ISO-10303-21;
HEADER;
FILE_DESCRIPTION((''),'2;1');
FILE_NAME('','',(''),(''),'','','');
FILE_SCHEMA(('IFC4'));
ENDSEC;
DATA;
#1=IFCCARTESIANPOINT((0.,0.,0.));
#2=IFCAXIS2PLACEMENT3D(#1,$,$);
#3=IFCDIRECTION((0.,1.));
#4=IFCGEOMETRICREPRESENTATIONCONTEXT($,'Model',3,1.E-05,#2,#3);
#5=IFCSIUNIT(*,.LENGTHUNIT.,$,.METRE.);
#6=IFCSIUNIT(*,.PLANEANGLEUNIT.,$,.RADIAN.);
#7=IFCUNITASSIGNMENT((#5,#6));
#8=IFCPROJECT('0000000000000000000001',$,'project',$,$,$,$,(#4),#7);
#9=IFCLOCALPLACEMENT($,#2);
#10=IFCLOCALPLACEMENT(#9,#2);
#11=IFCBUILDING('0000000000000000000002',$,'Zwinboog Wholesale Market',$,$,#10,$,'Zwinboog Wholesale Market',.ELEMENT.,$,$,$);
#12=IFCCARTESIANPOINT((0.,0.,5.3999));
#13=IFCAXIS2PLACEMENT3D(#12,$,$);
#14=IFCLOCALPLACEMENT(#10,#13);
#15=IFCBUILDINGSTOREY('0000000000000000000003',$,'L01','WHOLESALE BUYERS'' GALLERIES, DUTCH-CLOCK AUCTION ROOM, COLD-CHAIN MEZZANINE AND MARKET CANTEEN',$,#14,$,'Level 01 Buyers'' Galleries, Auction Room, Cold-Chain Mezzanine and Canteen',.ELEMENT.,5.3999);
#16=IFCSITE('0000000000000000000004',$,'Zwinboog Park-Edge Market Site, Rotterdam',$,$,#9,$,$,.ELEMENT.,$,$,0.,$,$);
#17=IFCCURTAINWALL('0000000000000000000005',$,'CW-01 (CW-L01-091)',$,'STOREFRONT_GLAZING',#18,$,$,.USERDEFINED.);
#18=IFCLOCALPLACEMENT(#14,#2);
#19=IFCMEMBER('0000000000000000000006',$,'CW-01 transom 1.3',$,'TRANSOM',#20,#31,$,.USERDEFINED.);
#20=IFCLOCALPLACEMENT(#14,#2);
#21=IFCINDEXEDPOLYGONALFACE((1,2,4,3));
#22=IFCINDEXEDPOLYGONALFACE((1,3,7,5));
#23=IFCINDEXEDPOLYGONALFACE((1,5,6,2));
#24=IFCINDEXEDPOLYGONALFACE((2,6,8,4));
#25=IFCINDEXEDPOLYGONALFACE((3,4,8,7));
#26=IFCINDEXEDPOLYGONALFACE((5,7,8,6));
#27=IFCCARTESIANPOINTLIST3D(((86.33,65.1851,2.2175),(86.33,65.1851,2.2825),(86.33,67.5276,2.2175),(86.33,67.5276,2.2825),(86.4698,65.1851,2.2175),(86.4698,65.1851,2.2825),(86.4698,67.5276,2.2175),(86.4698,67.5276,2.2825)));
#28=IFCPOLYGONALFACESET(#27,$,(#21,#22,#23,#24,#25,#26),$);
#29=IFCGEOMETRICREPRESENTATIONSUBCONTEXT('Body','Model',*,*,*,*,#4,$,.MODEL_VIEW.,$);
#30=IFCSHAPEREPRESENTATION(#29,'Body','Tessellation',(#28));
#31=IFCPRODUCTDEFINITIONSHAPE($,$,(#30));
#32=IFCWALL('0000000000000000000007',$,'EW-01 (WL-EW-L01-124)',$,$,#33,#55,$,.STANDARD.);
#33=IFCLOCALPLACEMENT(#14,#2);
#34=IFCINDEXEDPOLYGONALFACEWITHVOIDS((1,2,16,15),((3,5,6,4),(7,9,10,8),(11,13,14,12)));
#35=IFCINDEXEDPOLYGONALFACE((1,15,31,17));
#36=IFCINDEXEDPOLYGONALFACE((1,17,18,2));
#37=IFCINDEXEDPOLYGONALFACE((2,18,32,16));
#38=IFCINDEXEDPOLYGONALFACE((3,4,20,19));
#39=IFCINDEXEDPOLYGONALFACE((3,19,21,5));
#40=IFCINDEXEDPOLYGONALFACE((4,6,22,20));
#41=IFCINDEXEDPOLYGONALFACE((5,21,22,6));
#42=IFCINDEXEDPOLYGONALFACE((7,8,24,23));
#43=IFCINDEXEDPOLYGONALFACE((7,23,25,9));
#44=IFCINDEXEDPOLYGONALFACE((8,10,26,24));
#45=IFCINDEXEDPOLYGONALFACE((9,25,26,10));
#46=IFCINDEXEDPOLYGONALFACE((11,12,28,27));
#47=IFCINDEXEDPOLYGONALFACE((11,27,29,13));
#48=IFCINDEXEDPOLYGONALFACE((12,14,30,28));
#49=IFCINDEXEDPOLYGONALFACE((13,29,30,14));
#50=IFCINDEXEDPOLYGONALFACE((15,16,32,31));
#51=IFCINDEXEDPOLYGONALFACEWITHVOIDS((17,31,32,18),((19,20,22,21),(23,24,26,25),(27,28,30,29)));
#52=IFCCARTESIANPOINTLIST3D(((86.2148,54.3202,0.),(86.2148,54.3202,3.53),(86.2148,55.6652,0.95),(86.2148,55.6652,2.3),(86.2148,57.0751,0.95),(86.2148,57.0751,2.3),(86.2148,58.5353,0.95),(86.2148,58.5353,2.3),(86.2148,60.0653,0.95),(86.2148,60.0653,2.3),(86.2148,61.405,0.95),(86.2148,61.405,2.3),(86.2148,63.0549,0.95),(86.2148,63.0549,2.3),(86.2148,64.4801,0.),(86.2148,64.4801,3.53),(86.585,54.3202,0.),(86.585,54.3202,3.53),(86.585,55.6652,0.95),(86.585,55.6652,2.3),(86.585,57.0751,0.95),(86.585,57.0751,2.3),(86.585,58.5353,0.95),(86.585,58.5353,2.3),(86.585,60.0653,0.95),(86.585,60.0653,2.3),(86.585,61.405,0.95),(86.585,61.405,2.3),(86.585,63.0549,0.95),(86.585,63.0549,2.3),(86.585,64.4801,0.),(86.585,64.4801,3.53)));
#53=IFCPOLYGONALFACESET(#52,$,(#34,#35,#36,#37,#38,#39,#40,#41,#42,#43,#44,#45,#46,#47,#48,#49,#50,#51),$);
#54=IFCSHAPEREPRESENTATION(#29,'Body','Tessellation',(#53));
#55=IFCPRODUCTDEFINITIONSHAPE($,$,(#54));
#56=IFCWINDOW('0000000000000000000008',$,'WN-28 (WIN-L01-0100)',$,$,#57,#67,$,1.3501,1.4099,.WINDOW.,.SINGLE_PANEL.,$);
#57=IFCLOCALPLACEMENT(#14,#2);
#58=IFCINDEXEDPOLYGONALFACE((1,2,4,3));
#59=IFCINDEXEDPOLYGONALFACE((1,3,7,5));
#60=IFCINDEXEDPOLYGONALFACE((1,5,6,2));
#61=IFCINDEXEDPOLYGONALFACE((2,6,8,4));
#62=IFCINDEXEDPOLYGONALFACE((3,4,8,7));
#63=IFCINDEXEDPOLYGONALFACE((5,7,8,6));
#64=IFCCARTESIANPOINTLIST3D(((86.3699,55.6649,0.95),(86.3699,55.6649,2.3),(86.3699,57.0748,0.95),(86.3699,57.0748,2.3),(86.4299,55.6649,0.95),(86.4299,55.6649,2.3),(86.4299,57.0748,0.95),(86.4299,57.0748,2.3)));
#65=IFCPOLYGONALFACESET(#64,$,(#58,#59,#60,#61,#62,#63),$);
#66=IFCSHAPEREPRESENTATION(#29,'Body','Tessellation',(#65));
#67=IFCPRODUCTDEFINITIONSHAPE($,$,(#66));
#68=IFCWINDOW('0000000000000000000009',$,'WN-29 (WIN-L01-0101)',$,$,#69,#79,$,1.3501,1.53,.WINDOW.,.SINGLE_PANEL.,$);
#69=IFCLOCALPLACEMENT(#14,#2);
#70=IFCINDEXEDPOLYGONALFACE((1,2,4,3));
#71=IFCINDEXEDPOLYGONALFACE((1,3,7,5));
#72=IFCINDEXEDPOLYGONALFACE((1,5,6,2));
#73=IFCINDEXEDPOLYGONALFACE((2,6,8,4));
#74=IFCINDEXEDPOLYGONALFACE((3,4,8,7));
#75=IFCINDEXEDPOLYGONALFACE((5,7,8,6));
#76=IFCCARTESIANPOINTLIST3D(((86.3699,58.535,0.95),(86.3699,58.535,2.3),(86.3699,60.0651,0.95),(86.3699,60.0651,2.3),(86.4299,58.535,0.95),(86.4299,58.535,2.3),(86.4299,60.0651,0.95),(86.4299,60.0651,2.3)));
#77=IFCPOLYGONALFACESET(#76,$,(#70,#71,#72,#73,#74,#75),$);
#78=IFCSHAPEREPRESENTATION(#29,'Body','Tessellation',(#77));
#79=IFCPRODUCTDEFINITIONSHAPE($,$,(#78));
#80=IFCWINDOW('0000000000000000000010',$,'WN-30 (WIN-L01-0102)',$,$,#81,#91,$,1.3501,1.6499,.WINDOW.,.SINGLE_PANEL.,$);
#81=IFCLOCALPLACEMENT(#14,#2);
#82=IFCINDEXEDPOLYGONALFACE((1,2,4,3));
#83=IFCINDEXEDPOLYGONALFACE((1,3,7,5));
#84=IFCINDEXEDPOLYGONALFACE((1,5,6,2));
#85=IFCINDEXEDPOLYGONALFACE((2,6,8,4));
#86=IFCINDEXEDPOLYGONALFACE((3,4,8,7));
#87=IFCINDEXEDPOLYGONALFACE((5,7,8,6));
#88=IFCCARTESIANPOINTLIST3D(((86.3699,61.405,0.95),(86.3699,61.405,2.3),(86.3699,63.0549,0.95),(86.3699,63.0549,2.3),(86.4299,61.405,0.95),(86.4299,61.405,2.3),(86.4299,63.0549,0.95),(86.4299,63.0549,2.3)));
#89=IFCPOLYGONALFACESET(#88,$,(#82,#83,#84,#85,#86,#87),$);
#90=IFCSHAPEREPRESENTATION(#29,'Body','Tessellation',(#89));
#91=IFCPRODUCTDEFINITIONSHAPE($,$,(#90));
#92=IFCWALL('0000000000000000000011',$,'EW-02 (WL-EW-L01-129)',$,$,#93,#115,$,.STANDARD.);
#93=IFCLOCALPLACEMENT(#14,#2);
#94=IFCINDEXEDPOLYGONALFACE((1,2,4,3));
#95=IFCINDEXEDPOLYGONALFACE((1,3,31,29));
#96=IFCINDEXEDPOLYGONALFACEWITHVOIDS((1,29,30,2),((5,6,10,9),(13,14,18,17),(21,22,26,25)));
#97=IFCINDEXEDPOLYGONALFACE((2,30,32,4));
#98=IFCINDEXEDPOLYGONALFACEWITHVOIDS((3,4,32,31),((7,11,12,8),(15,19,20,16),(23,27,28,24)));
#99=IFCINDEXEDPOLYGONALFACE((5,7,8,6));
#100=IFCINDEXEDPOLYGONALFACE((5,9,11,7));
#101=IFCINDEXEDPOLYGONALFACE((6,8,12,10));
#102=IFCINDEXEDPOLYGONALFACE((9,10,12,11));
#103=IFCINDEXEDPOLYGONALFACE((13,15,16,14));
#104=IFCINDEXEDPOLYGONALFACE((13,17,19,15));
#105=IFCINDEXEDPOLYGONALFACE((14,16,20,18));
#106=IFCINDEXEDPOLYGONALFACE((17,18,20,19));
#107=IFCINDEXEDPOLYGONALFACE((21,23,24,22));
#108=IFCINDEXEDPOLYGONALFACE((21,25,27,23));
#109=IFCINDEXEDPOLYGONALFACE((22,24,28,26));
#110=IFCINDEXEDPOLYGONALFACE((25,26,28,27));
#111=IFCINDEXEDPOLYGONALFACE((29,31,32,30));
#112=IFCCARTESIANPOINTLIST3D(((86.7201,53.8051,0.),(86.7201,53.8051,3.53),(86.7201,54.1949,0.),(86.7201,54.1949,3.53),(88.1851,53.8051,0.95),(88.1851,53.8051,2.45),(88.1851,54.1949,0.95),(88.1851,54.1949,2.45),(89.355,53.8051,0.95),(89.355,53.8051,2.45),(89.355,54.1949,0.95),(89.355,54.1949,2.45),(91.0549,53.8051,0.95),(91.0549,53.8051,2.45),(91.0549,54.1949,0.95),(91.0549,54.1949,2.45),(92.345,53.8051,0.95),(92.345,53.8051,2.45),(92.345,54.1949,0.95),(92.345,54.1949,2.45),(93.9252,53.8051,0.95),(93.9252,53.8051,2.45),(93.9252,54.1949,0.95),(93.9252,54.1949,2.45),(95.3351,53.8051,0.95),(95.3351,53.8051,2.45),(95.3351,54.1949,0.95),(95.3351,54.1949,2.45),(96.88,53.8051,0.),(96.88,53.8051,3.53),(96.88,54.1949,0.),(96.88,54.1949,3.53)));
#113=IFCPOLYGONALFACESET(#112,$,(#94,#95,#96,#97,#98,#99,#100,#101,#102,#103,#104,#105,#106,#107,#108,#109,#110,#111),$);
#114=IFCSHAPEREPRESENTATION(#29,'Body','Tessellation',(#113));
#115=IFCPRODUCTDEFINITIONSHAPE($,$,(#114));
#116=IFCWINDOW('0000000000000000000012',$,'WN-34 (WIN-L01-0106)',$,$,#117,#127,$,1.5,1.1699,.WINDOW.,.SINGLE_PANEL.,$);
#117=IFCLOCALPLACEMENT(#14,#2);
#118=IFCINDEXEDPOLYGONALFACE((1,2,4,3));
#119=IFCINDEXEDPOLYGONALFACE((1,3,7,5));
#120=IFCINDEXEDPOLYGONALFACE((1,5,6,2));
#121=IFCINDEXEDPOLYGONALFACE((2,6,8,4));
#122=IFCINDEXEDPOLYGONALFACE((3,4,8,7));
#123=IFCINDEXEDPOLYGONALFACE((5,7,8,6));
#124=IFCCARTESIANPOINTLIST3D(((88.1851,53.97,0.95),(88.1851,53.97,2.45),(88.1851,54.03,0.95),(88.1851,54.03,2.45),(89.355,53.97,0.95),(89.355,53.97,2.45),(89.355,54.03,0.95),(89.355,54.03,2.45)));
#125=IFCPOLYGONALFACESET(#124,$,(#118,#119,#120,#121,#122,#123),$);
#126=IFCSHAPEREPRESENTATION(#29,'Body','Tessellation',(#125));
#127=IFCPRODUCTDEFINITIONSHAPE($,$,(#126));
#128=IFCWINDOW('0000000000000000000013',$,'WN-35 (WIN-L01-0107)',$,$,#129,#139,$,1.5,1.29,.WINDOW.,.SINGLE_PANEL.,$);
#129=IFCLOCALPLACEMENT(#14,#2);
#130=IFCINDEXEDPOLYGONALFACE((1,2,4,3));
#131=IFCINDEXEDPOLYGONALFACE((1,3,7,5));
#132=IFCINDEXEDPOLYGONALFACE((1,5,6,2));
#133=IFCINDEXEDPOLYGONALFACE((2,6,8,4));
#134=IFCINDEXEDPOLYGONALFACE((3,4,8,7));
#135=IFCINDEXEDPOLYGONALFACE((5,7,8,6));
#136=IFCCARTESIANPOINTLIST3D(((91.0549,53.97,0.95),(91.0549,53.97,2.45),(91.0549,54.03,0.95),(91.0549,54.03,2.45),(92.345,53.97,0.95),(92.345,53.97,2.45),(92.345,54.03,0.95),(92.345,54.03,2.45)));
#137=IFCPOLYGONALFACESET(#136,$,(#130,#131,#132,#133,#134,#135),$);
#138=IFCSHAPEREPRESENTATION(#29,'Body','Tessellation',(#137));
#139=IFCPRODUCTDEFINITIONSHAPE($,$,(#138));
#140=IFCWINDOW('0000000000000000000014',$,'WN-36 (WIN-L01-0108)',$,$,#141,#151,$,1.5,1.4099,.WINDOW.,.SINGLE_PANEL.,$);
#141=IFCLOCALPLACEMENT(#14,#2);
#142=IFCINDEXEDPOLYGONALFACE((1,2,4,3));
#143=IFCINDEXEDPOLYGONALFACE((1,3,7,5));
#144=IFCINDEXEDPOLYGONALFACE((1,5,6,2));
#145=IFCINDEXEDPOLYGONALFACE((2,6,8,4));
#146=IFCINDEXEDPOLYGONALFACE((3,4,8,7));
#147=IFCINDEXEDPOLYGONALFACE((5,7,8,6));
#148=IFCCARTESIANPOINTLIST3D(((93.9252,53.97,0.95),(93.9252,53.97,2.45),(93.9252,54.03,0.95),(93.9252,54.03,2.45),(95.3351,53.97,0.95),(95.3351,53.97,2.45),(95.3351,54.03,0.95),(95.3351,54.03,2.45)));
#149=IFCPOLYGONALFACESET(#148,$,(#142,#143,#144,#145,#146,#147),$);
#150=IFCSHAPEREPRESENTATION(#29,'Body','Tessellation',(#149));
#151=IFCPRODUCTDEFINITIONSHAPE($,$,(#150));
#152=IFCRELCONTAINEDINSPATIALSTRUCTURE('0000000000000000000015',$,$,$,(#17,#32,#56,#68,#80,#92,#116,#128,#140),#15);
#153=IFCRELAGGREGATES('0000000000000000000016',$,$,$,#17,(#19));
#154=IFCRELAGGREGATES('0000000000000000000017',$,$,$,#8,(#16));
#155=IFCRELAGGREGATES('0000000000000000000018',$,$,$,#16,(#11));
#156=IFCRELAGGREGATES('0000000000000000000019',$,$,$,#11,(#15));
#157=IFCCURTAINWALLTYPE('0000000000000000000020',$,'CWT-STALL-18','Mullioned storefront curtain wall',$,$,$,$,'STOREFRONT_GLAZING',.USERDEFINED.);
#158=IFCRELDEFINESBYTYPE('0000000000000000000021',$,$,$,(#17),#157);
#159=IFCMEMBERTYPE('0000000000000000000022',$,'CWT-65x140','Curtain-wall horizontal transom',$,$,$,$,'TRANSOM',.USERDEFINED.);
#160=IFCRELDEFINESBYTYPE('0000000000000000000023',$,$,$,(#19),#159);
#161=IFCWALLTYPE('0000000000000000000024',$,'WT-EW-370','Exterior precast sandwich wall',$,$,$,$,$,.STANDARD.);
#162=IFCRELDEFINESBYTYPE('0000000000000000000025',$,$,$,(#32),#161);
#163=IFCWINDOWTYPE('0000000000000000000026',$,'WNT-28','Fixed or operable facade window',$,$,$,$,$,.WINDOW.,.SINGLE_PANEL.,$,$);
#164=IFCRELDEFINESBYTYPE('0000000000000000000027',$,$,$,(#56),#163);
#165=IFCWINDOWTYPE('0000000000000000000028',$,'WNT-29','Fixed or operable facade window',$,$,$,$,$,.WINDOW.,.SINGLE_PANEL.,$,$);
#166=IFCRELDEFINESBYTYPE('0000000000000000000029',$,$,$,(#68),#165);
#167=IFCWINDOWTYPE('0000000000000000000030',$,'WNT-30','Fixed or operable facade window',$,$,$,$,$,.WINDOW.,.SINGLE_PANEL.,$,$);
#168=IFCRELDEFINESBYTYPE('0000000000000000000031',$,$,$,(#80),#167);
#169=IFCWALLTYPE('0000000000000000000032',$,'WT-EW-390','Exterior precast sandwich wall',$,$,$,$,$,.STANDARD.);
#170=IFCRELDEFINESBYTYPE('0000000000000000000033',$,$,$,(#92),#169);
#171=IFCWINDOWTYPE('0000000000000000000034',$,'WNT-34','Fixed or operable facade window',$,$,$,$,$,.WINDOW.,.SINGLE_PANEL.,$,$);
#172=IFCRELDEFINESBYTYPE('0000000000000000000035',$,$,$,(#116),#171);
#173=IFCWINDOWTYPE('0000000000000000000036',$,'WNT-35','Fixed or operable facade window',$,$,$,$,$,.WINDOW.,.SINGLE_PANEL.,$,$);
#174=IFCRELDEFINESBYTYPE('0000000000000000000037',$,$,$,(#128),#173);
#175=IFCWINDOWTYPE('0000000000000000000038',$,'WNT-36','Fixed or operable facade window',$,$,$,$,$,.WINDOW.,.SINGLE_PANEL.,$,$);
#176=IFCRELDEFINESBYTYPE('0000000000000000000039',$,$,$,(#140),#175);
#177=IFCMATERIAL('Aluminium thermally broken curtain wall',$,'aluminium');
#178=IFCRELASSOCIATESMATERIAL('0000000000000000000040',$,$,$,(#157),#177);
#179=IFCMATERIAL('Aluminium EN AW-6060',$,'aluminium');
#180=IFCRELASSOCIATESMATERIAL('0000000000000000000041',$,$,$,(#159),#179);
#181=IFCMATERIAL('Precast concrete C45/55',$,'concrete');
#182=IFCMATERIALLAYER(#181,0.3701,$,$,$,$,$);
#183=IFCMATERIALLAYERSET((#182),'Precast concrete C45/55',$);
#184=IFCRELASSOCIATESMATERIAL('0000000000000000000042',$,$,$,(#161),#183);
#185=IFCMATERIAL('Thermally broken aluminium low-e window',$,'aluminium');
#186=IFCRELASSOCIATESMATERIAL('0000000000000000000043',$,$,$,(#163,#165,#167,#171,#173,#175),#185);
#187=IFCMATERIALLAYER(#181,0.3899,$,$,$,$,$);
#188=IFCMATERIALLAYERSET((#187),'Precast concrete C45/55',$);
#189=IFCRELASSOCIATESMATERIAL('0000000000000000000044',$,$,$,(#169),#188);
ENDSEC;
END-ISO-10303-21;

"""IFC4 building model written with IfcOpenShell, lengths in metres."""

from ifc_helpers import new_model, si_unit, direction, frame, frame_2d, origin, origin_2d, place, context, subcontext, project, spatial, rectangle, extrude, material, layer, layer_set, material_profile, profile_set, type_object, element, fill, aggregate, save


model = new_model("IFC4")

# Units and contexts
model_context = context("Model", 3, precision=1e-05, world=origin(), true_north=direction((0.0, 1.0)))
body_context = subcontext(model_context, "Body", "Model", "MODEL_VIEW")
ifc_project = project(units=[si_unit("LENGTHUNIT", "METRE"), si_unit("PLANEANGLEUNIT", "RADIAN")], contexts=[model_context])

# Site, building, storey
site_placement = place(None, origin())
site = spatial("IfcSite", under=ifc_project, at=site_placement, Name="Zwinboog Park-Edge Market Site, Rotterdam", CompositionType="ELEMENT", RefElevation=0.0)
building_placement = place(site_placement, origin())
building = spatial("IfcBuilding", under=site, at=building_placement, Name="Zwinboog Wholesale Market", LongName="Zwinboog Wholesale Market", CompositionType="ELEMENT")
storey_placement = place(building_placement, frame((0.0, 0.0, 5.3999)))
storey = spatial("IfcBuildingStorey", under=building, at=storey_placement, Name="L01", Description="WHOLESALE BUYERS' GALLERIES, DUTCH-CLOCK AUCTION ROOM, COLD-CHAIN MEZZANINE AND MARKET CANTEEN", LongName="Level 01 Buyers' Galleries, Auction Room, Cold-Chain Mezzanine and Canteen", CompositionType="ELEMENT", Elevation=5.3999)

# Shared definitions
ifc_material_1 = material(Name="Precast concrete C45/55", Category="concrete")

# Curtain wall, member
ifc_material_2 = material(Name="Aluminium thermally broken curtain wall", Category="aluminium")
curtain_wall_type = type_object("IfcCurtainWallType", Name="CWT-STALL-18", Description="Mullioned storefront curtain wall", ElementType="STOREFRONT_GLAZING", PredefinedType="USERDEFINED", material=ifc_material_2)
curtain_wall_placement = place(storey_placement, origin())
curtain_wall = element("IfcCurtainWall", 1, at=curtain_wall_placement, inside=storey, type_object=curtain_wall_type, Name="CW-01 (CW-L01-091)", ObjectType="STOREFRONT_GLAZING", PredefinedType="USERDEFINED")
ifc_material_3 = material(Name="Aluminium EN AW-6060", Category="aluminium")
ifc_material_profile_1 = material_profile(ifc_material_3, rectangle(XDim=0.1399, YDim=0.0649, at=origin_2d()), Name="AL 65x140")
ifc_profile_set_1 = profile_set([ifc_material_profile_1], Name="Aluminium EN AW-6060")
member_type_1 = type_object("IfcMemberType", Name="CWT-65x140", Description="Curtain-wall horizontal transom", ElementType="TRANSOM", PredefinedType="USERDEFINED", material=ifc_profile_set_1)
member_1_placement = place(storey_placement, frame((86.3999, 65.1851, 2.25), z_axis=(0.0, 1.0, 0.0), x_axis=(-1.0, 0.0, 0.0)))
member_1 = element("IfcMember", 2, at=member_1_placement, type_object=member_type_1, Name="CW-01 transom 1.3", ObjectType="TRANSOM", PredefinedType="USERDEFINED", context=body_context, shape_type="SweptSolid", body=[
    extrude(rectangle(XDim=0.1399, YDim=0.0649, at=origin_2d()), origin(), (0.0, 0.0, 1.0), 2.3425),
])
aggregate(curtain_wall, [member_1])

# Walls, openings, windows
ifc_layer_1 = layer(ifc_material_1, 0.3701)
ifc_layer_set_1 = layer_set([ifc_layer_1], Name="Precast concrete C45/55")
wall_type_1 = type_object("IfcWallType", Name="WT-EW-370", Description="Exterior precast sandwich wall", PredefinedType="STANDARD", material=ifc_layer_set_1)
wall_1_placement = place(storey_placement, frame((86.3999, 54.3201, 0.0), z_axis=(0.0, 0.0, 1.0), x_axis=(0.0, 1.0, 0.0)))
wall_1 = element("IfcWall", 3, at=wall_1_placement, inside=storey, type_object=wall_type_1, Name="EW-01 (WL-EW-L01-124)", PredefinedType="STANDARD", context=body_context, shape_type="SweptSolid", body=[
    extrude(rectangle(XDim=10.1599, YDim=0.3701, at=frame_2d((5.0801, 0.0))), origin(), (0.0, 0.0, 1.0), 3.53),
])
opening_1_placement = place(wall_1_placement, frame((1.345, 0.0, 0.95)))
opening_1 = element("IfcOpeningElement", 4, at=opening_1_placement, cuts=wall_1, PredefinedType="OPENING", context=body_context, shape_type="SweptSolid", body=[
    extrude(rectangle(XDim=1.4099, YDim=1.3501, at=frame_2d((0.7051, 0.675))), frame((0.0, 0.1951, 0.0), z_axis=(0.0, -1.0, 0.0), x_axis=(1.0, 0.0, 0.0)), (0.0, 0.0, 1.0), 0.3901),
])
opening_2_placement = place(wall_1_placement, frame((4.2151, 0.0, 0.95)))
opening_2 = element("IfcOpeningElement", 5, at=opening_2_placement, cuts=wall_1, PredefinedType="OPENING", context=body_context, shape_type="SweptSolid", body=[
    extrude(rectangle(XDim=1.53, YDim=1.3501, at=frame_2d((0.7651, 0.675))), frame((0.0, 0.1951, 0.0), z_axis=(0.0, -1.0, 0.0), x_axis=(1.0, 0.0, 0.0)), (0.0, 0.0, 1.0), 0.3901),
])
opening_3_placement = place(wall_1_placement, frame((7.085, 0.0, 0.95)))
opening_3 = element("IfcOpeningElement", 6, at=opening_3_placement, cuts=wall_1, PredefinedType="OPENING", context=body_context, shape_type="SweptSolid", body=[
    extrude(rectangle(XDim=1.6499, YDim=1.3501, at=frame_2d((0.825, 0.675))), frame((0.0, 0.1951, 0.0), z_axis=(0.0, -1.0, 0.0), x_axis=(1.0, 0.0, 0.0)), (0.0, 0.0, 1.0), 0.3901),
])
ifc_material_4 = material(Name="Thermally broken aluminium low-e window", Category="aluminium")
window_type_1 = type_object("IfcWindowType", Name="WNT-28", Description="Fixed or operable facade window", PartitioningType="SINGLE_PANEL", PredefinedType="WINDOW", material=ifc_material_4)
window_1_placement = place(opening_1_placement, frame((1.4099, 0.0, 0.0), z_axis=(0.0, 0.0, 1.0), x_axis=(-1.0, 0.0, 0.0)))
window_1 = element("IfcWindow", 7, at=window_1_placement, inside=storey, type_object=window_type_1, Name="WN-28 (WIN-L01-0100)", OverallHeight=1.3501, OverallWidth=1.4099, PartitioningType="SINGLE_PANEL", PredefinedType="WINDOW", context=body_context, shape_type="SweptSolid", body=[
    extrude(rectangle(XDim=1.4099, YDim=1.3501, at=frame_2d((0.7051, 0.675))), frame((0.0, 0.03, 0.0), z_axis=(0.0, -1.0, 0.0), x_axis=(1.0, 0.0, 0.0)), (0.0, 0.0, 1.0), 0.0601),
])
fill(opening_1, window_1)
window_type_2 = type_object("IfcWindowType", Name="WNT-29", Description="Fixed or operable facade window", PartitioningType="SINGLE_PANEL", PredefinedType="WINDOW", material=ifc_material_4)
window_2_placement = place(opening_2_placement, frame((1.53, 0.0, 0.0), z_axis=(0.0, 0.0, 1.0), x_axis=(-1.0, 0.0, 0.0)))
window_2 = element("IfcWindow", 8, at=window_2_placement, inside=storey, type_object=window_type_2, Name="WN-29 (WIN-L01-0101)", OverallHeight=1.3501, OverallWidth=1.53, PartitioningType="SINGLE_PANEL", PredefinedType="WINDOW", context=body_context, shape_type="SweptSolid", body=[
    extrude(rectangle(XDim=1.53, YDim=1.3501, at=frame_2d((0.7651, 0.675))), frame((0.0, 0.03, 0.0), z_axis=(0.0, -1.0, 0.0), x_axis=(1.0, 0.0, 0.0)), (0.0, 0.0, 1.0), 0.0601),
])
fill(opening_2, window_2)
window_type_3 = type_object("IfcWindowType", Name="WNT-30", Description="Fixed or operable facade window", PartitioningType="SINGLE_PANEL", PredefinedType="WINDOW", material=ifc_material_4)
window_3_placement = place(opening_3_placement, frame((1.6499, 0.0, 0.0), z_axis=(0.0, 0.0, 1.0), x_axis=(-1.0, 0.0, 0.0)))
window_3 = element("IfcWindow", 9, at=window_3_placement, inside=storey, type_object=window_type_3, Name="WN-30 (WIN-L01-0102)", OverallHeight=1.3501, OverallWidth=1.6499, PartitioningType="SINGLE_PANEL", PredefinedType="WINDOW", context=body_context, shape_type="SweptSolid", body=[
    extrude(rectangle(XDim=1.6499, YDim=1.3501, at=frame_2d((0.825, 0.675))), frame((0.0, 0.03, 0.0), z_axis=(0.0, -1.0, 0.0), x_axis=(1.0, 0.0, 0.0)), (0.0, 0.0, 1.0), 0.0601),
])
fill(opening_3, window_3)
ifc_layer_2 = layer(ifc_material_1, 0.3899)
ifc_layer_set_2 = layer_set([ifc_layer_2], Name="Precast concrete C45/55")
wall_type_2 = type_object("IfcWallType", Name="WT-EW-390", Description="Exterior precast sandwich wall", PredefinedType="STANDARD", material=ifc_layer_set_2)
wall_2_placement = place(storey_placement, frame((86.72, 54.0, 0.0), z_axis=(0.0, 0.0, 1.0), x_axis=(1.0, 0.0, 0.0)))
wall_2 = element("IfcWall", 10, at=wall_2_placement, inside=storey, type_object=wall_type_2, Name="EW-02 (WL-EW-L01-129)", PredefinedType="STANDARD", context=body_context, shape_type="SweptSolid", body=[
    extrude(rectangle(XDim=10.1599, YDim=0.3899, at=frame_2d((5.0801, 0.0))), origin(), (0.0, 0.0, 1.0), 3.53),
])
opening_4_placement = place(wall_2_placement, frame((1.4651, 0.0, 0.95)))
opening_4 = element("IfcOpeningElement", 11, at=opening_4_placement, cuts=wall_2, PredefinedType="OPENING", context=body_context, shape_type="SweptSolid", body=[
    extrude(rectangle(XDim=1.1699, YDim=1.5, at=frame_2d((0.585, 0.75))), frame((0.0, 0.2048, 0.0), z_axis=(0.0, -1.0, 0.0), x_axis=(1.0, 0.0, 0.0)), (0.0, 0.0, 1.0), 0.4099),
])
opening_5_placement = place(wall_2_placement, frame((4.335, 0.0, 0.95)))
opening_5 = element("IfcOpeningElement", 12, at=opening_5_placement, cuts=wall_2, PredefinedType="OPENING", context=body_context, shape_type="SweptSolid", body=[
    extrude(rectangle(XDim=1.29, YDim=1.5, at=frame_2d((0.645, 0.75))), frame((0.0, 0.2048, 0.0), z_axis=(0.0, -1.0, 0.0), x_axis=(1.0, 0.0, 0.0)), (0.0, 0.0, 1.0), 0.4099),
])
opening_6_placement = place(wall_2_placement, frame((7.2051, 0.0, 0.95)))
opening_6 = element("IfcOpeningElement", 13, at=opening_6_placement, cuts=wall_2, PredefinedType="OPENING", context=body_context, shape_type="SweptSolid", body=[
    extrude(rectangle(XDim=1.4099, YDim=1.5, at=frame_2d((0.7051, 0.75))), frame((0.0, 0.2048, 0.0), z_axis=(0.0, -1.0, 0.0), x_axis=(1.0, 0.0, 0.0)), (0.0, 0.0, 1.0), 0.4099),
])
window_type_4 = type_object("IfcWindowType", Name="WNT-34", Description="Fixed or operable facade window", PartitioningType="SINGLE_PANEL", PredefinedType="WINDOW", material=ifc_material_4)
window_4_placement = place(opening_4_placement, origin())
window_4 = element("IfcWindow", 14, at=window_4_placement, inside=storey, type_object=window_type_4, Name="WN-34 (WIN-L01-0106)", OverallHeight=1.5, OverallWidth=1.1699, PartitioningType="SINGLE_PANEL", PredefinedType="WINDOW", context=body_context, shape_type="SweptSolid", body=[
    extrude(rectangle(XDim=1.1699, YDim=1.5, at=frame_2d((0.585, 0.75))), frame((0.0, 0.03, 0.0), z_axis=(0.0, -1.0, 0.0), x_axis=(1.0, 0.0, 0.0)), (0.0, 0.0, 1.0), 0.0601),
])
fill(opening_4, window_4)
window_type_5 = type_object("IfcWindowType", Name="WNT-35", Description="Fixed or operable facade window", PartitioningType="SINGLE_PANEL", PredefinedType="WINDOW", material=ifc_material_4)
window_5_placement = place(opening_5_placement, origin())
window_5 = element("IfcWindow", 15, at=window_5_placement, inside=storey, type_object=window_type_5, Name="WN-35 (WIN-L01-0107)", OverallHeight=1.5, OverallWidth=1.29, PartitioningType="SINGLE_PANEL", PredefinedType="WINDOW", context=body_context, shape_type="SweptSolid", body=[
    extrude(rectangle(XDim=1.29, YDim=1.5, at=frame_2d((0.645, 0.75))), frame((0.0, 0.03, 0.0), z_axis=(0.0, -1.0, 0.0), x_axis=(1.0, 0.0, 0.0)), (0.0, 0.0, 1.0), 0.0601),
])
fill(opening_5, window_5)
window_type_6 = type_object("IfcWindowType", Name="WNT-36", Description="Fixed or operable facade window", PartitioningType="SINGLE_PANEL", PredefinedType="WINDOW", material=ifc_material_4)
window_6_placement = place(opening_6_placement, origin())
window_6 = element("IfcWindow", 16, at=window_6_placement, inside=storey, type_object=window_type_6, Name="WN-36 (WIN-L01-0108)", OverallHeight=1.5, OverallWidth=1.4099, PartitioningType="SINGLE_PANEL", PredefinedType="WINDOW", context=body_context, shape_type="SweptSolid", body=[
    extrude(rectangle(XDim=1.4099, YDim=1.5, at=frame_2d((0.7051, 0.75))), frame((0.0, 0.03, 0.0), z_axis=(0.0, -1.0, 0.0), x_axis=(1.0, 0.0, 0.0)), (0.0, 0.0, 1.0), 0.0601),
])
fill(opening_6, window_6)

save(model, "model.ifc")
